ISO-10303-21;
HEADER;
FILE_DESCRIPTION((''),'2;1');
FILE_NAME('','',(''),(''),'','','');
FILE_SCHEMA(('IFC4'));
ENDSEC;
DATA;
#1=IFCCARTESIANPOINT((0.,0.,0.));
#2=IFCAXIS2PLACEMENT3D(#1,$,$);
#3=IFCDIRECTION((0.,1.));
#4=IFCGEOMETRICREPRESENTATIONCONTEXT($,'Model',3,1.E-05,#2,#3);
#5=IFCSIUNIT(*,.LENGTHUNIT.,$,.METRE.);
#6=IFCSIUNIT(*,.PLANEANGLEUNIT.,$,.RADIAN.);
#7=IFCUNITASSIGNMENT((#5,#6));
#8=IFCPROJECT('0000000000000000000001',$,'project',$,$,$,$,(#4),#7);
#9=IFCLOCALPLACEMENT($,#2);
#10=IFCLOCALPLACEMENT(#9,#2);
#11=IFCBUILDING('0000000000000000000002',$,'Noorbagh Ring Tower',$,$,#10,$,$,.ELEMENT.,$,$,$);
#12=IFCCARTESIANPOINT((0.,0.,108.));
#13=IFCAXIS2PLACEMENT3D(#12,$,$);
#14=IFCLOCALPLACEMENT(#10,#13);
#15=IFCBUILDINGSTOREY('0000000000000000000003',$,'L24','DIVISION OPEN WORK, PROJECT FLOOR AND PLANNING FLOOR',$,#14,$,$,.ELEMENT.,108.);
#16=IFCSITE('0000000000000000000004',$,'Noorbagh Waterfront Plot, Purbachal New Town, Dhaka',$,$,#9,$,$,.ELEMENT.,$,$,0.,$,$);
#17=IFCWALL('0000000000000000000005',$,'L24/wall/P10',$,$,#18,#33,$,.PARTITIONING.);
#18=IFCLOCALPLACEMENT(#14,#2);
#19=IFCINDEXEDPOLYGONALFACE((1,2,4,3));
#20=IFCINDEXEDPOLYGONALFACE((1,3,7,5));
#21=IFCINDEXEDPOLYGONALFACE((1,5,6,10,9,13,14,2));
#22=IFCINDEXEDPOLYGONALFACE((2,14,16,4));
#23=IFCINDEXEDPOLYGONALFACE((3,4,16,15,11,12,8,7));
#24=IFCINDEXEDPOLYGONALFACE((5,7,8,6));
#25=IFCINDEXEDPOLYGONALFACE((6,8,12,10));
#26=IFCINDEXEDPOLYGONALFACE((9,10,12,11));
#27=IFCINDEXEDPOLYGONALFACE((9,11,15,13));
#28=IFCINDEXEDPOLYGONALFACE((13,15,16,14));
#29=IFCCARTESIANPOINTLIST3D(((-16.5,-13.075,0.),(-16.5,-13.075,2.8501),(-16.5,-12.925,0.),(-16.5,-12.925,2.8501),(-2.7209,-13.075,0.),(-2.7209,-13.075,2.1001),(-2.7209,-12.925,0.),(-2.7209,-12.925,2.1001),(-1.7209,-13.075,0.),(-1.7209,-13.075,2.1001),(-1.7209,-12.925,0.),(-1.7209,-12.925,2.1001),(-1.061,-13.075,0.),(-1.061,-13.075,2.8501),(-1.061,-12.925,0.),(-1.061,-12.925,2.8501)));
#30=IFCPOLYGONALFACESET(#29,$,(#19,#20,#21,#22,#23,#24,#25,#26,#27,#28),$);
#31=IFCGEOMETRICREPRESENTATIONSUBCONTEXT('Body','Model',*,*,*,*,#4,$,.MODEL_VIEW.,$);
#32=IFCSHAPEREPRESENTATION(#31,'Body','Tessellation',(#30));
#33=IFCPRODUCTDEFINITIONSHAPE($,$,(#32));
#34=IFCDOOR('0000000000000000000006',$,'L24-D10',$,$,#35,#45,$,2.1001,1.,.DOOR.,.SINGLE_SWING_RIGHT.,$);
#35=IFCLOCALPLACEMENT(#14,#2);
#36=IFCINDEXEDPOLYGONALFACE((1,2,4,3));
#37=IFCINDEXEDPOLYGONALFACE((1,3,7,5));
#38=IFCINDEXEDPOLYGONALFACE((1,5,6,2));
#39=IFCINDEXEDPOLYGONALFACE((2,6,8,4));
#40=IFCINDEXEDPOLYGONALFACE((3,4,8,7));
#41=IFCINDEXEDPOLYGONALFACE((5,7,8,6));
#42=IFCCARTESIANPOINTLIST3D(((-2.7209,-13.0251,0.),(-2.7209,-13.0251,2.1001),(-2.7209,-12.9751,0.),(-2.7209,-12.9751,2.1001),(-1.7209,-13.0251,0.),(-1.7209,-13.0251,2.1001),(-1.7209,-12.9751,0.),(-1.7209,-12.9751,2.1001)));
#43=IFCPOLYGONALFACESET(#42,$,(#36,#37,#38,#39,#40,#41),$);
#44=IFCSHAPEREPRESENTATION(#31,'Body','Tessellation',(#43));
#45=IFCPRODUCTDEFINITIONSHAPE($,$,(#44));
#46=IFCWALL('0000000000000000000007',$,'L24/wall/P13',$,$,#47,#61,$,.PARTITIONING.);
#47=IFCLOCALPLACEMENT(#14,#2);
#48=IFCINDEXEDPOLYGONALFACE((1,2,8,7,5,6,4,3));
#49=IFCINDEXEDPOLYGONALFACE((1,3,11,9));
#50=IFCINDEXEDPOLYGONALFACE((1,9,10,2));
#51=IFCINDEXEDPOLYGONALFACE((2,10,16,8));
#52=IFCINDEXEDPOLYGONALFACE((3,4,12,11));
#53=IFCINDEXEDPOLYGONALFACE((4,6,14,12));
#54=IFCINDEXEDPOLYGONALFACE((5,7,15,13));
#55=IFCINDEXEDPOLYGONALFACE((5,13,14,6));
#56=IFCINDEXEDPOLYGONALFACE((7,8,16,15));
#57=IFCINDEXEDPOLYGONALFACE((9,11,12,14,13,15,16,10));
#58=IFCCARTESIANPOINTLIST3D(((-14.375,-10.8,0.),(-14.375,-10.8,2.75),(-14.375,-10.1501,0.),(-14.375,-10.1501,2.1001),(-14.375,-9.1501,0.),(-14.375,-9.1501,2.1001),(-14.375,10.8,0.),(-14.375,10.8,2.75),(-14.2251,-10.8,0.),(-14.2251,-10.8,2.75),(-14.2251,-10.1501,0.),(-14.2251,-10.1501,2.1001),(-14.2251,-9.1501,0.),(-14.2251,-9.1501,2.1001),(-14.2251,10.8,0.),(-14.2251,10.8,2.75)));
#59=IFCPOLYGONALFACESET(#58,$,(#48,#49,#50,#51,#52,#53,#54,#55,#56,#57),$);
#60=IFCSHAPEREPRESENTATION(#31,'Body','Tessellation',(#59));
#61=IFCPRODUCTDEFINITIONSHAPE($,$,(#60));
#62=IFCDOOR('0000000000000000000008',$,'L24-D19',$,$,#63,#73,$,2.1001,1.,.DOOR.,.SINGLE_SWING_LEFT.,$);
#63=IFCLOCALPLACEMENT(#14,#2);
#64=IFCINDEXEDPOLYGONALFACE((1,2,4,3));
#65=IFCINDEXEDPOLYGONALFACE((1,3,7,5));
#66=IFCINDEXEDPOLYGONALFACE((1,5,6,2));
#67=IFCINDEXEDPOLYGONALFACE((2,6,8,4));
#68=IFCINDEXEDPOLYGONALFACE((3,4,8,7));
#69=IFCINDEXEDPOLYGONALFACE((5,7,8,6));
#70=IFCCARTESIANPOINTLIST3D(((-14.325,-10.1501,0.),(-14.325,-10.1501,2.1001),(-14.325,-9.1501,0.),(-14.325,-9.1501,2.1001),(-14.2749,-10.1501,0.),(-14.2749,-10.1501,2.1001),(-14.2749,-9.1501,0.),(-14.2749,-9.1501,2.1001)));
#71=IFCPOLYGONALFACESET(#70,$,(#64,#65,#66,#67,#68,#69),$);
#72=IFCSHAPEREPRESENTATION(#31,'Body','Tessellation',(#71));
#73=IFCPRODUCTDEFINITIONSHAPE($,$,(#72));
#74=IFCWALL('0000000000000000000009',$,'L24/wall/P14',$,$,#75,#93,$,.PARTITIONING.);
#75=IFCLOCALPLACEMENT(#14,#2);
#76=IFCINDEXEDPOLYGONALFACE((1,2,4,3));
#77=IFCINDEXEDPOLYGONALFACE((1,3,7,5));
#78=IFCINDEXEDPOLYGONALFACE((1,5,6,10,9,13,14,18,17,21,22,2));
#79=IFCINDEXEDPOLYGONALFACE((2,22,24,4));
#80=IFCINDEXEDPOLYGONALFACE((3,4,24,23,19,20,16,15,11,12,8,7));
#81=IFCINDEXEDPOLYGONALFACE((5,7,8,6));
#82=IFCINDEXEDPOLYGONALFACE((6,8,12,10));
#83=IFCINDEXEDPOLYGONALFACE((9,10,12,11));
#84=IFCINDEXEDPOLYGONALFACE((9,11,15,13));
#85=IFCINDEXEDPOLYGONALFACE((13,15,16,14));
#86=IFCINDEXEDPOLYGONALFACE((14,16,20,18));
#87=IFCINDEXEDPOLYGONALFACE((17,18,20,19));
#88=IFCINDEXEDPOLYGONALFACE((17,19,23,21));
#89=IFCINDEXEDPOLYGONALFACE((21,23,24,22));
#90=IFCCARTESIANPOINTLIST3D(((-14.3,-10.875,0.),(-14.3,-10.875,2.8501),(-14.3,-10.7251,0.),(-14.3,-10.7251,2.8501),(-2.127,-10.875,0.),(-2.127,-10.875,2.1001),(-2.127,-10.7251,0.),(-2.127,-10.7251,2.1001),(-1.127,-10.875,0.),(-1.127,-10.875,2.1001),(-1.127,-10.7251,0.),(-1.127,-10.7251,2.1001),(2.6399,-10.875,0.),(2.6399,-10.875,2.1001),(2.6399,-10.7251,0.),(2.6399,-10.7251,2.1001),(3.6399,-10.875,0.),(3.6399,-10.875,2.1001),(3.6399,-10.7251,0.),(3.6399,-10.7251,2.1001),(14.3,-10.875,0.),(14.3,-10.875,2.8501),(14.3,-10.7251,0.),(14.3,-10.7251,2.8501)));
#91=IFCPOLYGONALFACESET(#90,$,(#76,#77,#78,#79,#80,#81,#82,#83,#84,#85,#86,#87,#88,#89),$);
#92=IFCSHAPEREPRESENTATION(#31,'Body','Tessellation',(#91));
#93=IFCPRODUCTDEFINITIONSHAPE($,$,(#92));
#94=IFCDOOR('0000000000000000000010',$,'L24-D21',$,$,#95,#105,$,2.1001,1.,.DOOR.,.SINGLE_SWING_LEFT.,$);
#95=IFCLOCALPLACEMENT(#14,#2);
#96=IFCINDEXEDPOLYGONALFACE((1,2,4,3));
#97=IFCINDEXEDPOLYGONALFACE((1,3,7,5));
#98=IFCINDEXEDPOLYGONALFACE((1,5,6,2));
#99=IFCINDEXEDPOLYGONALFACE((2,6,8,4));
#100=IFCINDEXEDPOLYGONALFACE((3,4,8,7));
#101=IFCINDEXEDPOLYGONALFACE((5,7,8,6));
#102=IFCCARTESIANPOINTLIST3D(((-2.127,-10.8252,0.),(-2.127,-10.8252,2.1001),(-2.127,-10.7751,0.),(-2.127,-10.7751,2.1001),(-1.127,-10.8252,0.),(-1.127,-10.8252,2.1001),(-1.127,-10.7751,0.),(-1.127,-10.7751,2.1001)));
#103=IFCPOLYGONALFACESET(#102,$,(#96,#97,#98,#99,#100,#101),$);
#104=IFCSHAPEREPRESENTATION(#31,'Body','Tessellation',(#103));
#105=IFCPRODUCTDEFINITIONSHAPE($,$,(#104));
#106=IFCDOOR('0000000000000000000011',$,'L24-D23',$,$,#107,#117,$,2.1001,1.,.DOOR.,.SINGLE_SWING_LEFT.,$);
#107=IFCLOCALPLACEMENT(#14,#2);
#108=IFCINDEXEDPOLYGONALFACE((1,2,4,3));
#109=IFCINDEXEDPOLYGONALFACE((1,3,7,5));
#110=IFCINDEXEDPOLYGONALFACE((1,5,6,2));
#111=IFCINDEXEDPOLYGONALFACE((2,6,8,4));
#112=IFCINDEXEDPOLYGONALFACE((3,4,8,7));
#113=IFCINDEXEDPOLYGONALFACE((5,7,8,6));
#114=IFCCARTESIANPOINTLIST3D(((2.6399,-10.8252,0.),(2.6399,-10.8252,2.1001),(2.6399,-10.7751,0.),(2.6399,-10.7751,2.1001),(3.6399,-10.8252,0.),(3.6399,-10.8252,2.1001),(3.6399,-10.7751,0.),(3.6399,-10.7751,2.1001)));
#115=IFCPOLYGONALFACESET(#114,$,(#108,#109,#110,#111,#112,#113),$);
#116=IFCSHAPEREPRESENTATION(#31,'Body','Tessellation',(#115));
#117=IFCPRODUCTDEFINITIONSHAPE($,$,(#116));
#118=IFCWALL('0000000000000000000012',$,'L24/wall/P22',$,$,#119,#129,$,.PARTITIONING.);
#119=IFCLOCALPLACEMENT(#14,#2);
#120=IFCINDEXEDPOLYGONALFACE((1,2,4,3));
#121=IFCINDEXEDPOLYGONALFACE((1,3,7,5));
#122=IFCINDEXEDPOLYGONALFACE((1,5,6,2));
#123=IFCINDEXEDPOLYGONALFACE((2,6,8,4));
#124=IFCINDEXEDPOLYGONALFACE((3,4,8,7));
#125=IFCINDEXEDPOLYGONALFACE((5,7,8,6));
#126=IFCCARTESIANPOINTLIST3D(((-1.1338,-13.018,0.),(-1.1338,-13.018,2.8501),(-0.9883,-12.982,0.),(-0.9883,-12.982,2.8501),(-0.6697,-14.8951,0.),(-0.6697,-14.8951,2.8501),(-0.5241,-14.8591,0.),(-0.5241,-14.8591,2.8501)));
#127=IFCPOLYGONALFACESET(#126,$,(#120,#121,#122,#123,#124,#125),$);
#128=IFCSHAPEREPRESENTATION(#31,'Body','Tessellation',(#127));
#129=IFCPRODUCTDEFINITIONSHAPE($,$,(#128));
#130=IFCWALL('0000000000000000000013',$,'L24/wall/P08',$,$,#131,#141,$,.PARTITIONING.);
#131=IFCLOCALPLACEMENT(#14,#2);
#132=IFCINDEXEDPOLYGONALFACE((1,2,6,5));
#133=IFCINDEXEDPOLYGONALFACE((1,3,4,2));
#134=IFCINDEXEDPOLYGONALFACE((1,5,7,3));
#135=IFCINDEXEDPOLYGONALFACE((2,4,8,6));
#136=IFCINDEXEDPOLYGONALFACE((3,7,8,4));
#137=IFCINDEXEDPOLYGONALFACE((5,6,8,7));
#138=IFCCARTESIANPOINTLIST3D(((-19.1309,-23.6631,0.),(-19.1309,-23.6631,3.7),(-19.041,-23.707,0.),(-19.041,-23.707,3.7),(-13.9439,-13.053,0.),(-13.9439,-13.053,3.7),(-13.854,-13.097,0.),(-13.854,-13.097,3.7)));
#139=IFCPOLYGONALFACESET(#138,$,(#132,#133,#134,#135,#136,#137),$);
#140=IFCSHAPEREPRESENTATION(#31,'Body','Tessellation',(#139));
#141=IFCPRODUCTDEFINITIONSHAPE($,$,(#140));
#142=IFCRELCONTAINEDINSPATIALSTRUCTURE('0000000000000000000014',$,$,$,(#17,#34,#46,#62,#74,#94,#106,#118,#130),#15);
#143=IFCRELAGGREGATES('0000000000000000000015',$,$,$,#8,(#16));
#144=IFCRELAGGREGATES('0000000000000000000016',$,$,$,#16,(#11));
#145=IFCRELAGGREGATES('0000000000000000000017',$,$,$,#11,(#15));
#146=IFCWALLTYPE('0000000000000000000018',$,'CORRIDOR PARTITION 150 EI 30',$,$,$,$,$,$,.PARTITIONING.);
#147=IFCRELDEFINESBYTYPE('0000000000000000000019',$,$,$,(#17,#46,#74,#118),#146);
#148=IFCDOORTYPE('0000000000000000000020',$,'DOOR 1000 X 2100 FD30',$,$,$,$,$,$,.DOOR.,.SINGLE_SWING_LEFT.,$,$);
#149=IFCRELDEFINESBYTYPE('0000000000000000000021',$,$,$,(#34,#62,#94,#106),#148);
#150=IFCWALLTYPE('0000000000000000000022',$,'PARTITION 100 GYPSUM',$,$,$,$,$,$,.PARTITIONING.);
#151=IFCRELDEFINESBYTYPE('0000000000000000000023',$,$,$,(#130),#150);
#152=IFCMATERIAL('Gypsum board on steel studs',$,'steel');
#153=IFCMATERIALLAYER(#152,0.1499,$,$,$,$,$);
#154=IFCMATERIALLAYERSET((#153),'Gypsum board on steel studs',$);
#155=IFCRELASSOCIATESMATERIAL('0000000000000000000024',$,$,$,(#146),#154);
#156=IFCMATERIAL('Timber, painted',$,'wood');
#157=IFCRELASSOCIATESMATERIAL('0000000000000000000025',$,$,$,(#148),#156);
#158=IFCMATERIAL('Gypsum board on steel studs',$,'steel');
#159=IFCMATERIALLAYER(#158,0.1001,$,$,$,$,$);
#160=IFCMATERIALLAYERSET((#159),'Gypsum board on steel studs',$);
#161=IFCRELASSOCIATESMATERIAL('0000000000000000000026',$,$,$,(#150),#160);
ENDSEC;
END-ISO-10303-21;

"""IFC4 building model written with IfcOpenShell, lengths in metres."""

from ifc_helpers import new_model, si_unit, direction, frame, frame_2d, origin, place, context, subcontext, project, spatial, rectangle, extrude, material, layer, layer_set, type_object, element, fill, save


model = new_model("IFC4")

# Units and contexts
model_context = context("Model", 3, precision=1e-05, world=origin(), true_north=direction((0.0, 1.0)))
body_context = subcontext(model_context, "Body", "Model", "MODEL_VIEW")
ifc_project = project(units=[si_unit("LENGTHUNIT", "METRE"), si_unit("PLANEANGLEUNIT", "RADIAN")], contexts=[model_context])

# Site, building, storey
site_placement = place(None, origin())
site = spatial("IfcSite", under=ifc_project, at=site_placement, Name="Noorbagh Waterfront Plot, Purbachal New Town, Dhaka", CompositionType="ELEMENT", RefElevation=0.0)
building_placement = place(site_placement, origin())
building = spatial("IfcBuilding", under=site, at=building_placement, Name="Noorbagh Ring Tower", CompositionType="ELEMENT")
storey_placement = place(building_placement, frame((0.0, 0.0, 108.0)))
storey = spatial("IfcBuildingStorey", under=building, at=storey_placement, Name="L24", Description="DIVISION OPEN WORK, PROJECT FLOOR AND PLANNING FLOOR", CompositionType="ELEMENT", Elevation=108.0)

# Shared definitions
ifc_material_1 = material(Name="Gypsum board on steel studs", Category="steel")
ifc_layer_1 = layer(ifc_material_1, 0.1499)
ifc_layer_set_1 = layer_set([ifc_layer_1], Name="Gypsum board on steel studs")
wall_type_1 = type_object("IfcWallType", Name="CORRIDOR PARTITION 150 EI 30", PredefinedType="PARTITIONING", material=ifc_layer_set_1)

# Walls, openings, doors
wall_1_placement = place(storey_placement, frame((-16.5, -13.0, 0.0), z_axis=(0.0, 0.0, 1.0), x_axis=(1.0, 0.0, 0.0)))
wall_1 = element("IfcWall", 1, at=wall_1_placement, inside=storey, type_object=wall_type_1, Name="L24/wall/P10", PredefinedType="PARTITIONING", context=body_context, shape_type="SweptSolid", body=[
    extrude(rectangle(XDim=15.439, YDim=0.1499, at=frame_2d((7.7195, 0.0))), origin(), (0.0, 0.0, 1.0), 2.8501),
])
opening_1_placement = place(wall_1_placement, frame((13.7791, 0.0, 0.0)))
opening_1 = element("IfcOpeningElement", 2, at=opening_1_placement, cuts=wall_1, PredefinedType="OPENING", context=body_context, shape_type="SweptSolid", body=[
    extrude(rectangle(XDim=1.0, YDim=2.1001, at=frame_2d((0.5, 1.05))), frame((0.0, 0.085, 0.0), z_axis=(0.0, -1.0, 0.0), x_axis=(1.0, 0.0, 0.0)), (0.0, 0.0, 1.0), 0.1699),
])
ifc_material_2 = material(Name="Timber, painted", Category="wood")
door_type = type_object("IfcDoorType", Name="DOOR 1000 X 2100 FD30", OperationType="SINGLE_SWING_LEFT", PredefinedType="DOOR", material=ifc_material_2)
door_1_placement = place(opening_1_placement, origin())
door_1 = element("IfcDoor", 3, at=door_1_placement, inside=storey, type_object=door_type, Name="L24-D10", OperationType="SINGLE_SWING_RIGHT", OverallHeight=2.1001, OverallWidth=1.0, PredefinedType="DOOR", context=body_context, shape_type="SweptSolid", body=[
    extrude(rectangle(XDim=1.0, YDim=2.1001, at=frame_2d((0.5, 1.05))), frame((0.0, 0.0249, 0.0), z_axis=(0.0, -1.0, 0.0), x_axis=(1.0, 0.0, 0.0)), (0.0, 0.0, 1.0), 0.05),
])
fill(opening_1, door_1)
wall_2_placement = place(storey_placement, frame((-14.3, -10.8, 0.0), z_axis=(0.0, 0.0, 1.0), x_axis=(0.0, 1.0, 0.0)))
wall_2 = element("IfcWall", 4, at=wall_2_placement, inside=storey, type_object=wall_type_1, Name="L24/wall/P13", PredefinedType="PARTITIONING", context=body_context, shape_type="SweptSolid", body=[
    extrude(rectangle(XDim=21.6001, YDim=0.1499, at=frame_2d((10.8, 0.0))), origin(), (0.0, 0.0, 1.0), 2.75),
])
opening_2_placement = place(wall_2_placement, frame((0.6499, 0.0, 0.0)))
opening_2 = element("IfcOpeningElement", 5, at=opening_2_placement, cuts=wall_2, PredefinedType="OPENING", context=body_context, shape_type="SweptSolid", body=[
    extrude(rectangle(XDim=1.0, YDim=2.1001, at=frame_2d((0.5, 1.05))), frame((0.0, 0.085, 0.0), z_axis=(0.0, -1.0, 0.0), x_axis=(1.0, 0.0, 0.0)), (0.0, 0.0, 1.0), 0.1699),
])
door_2_placement = place(opening_2_placement, origin())
door_2 = element("IfcDoor", 6, at=door_2_placement, inside=storey, type_object=door_type, Name="L24-D19", OperationType="SINGLE_SWING_LEFT", OverallHeight=2.1001, OverallWidth=1.0, PredefinedType="DOOR", context=body_context, shape_type="SweptSolid", body=[
    extrude(rectangle(XDim=1.0, YDim=2.1001, at=frame_2d((0.5, 1.05))), frame((0.0, 0.0249, 0.0), z_axis=(0.0, -1.0, 0.0), x_axis=(1.0, 0.0, 0.0)), (0.0, 0.0, 1.0), 0.05),
])
fill(opening_2, door_2)

# Wall, openings, doors
wall_3_placement = place(storey_placement, frame((-14.3, -10.8, 0.0), z_axis=(0.0, 0.0, 1.0), x_axis=(1.0, 0.0, 0.0)))
wall_3 = element("IfcWall", 7, at=wall_3_placement, inside=storey, type_object=wall_type_1, Name="L24/wall/P14", PredefinedType="PARTITIONING", context=body_context, shape_type="SweptSolid", body=[
    extrude(rectangle(XDim=28.6001, YDim=0.1499, at=frame_2d((14.3, 0.0))), origin(), (0.0, 0.0, 1.0), 2.8501),
])
opening_3_placement = place(wall_3_placement, frame((12.1731, 0.0, 0.0)))
opening_3 = element("IfcOpeningElement", 8, at=opening_3_placement, cuts=wall_3, PredefinedType="OPENING", context=body_context, shape_type="SweptSolid", body=[
    extrude(rectangle(XDim=1.0, YDim=2.1001, at=frame_2d((0.5, 1.05))), frame((0.0, 0.085, 0.0), z_axis=(0.0, -1.0, 0.0), x_axis=(1.0, 0.0, 0.0)), (0.0, 0.0, 1.0), 0.1699),
])
opening_4_placement = place(wall_3_placement, frame((16.9399, 0.0, 0.0)))
opening_4 = element("IfcOpeningElement", 9, at=opening_4_placement, cuts=wall_3, PredefinedType="OPENING", context=body_context, shape_type="SweptSolid", body=[
    extrude(rectangle(XDim=1.0, YDim=2.1001, at=frame_2d((0.5, 1.05))), frame((0.0, 0.085, 0.0), z_axis=(0.0, -1.0, 0.0), x_axis=(1.0, 0.0, 0.0)), (0.0, 0.0, 1.0), 0.1699),
])
door_3_placement = place(opening_3_placement, origin())
door_3 = element("IfcDoor", 10, at=door_3_placement, inside=storey, type_object=door_type, Name="L24-D21", OperationType="SINGLE_SWING_LEFT", OverallHeight=2.1001, OverallWidth=1.0, PredefinedType="DOOR", context=body_context, shape_type="SweptSolid", body=[
    extrude(rectangle(XDim=1.0, YDim=2.1001, at=frame_2d((0.5, 1.05))), frame((0.0, 0.0249, 0.0), z_axis=(0.0, -1.0, 0.0), x_axis=(1.0, 0.0, 0.0)), (0.0, 0.0, 1.0), 0.05),
])
fill(opening_3, door_3)
door_4_placement = place(opening_4_placement, origin())
door_4 = element("IfcDoor", 11, at=door_4_placement, inside=storey, type_object=door_type, Name="L24-D23", OperationType="SINGLE_SWING_LEFT", OverallHeight=2.1001, OverallWidth=1.0, PredefinedType="DOOR", context=body_context, shape_type="SweptSolid", body=[
    extrude(rectangle(XDim=1.0, YDim=2.1001, at=frame_2d((0.5, 1.05))), frame((0.0, 0.0249, 0.0), z_axis=(0.0, -1.0, 0.0), x_axis=(1.0, 0.0, 0.0)), (0.0, 0.0, 1.0), 0.05),
])
fill(opening_4, door_4)

# Walls
wall_4_placement = place(storey_placement, frame((-1.061, -13.0, 0.0), z_axis=(0.0, 0.0, 1.0), x_axis=(0.240039, -0.970763, 0.0)))
element("IfcWall", 12, at=wall_4_placement, inside=storey, type_object=wall_type_1, Name="L24/wall/P22", PredefinedType="PARTITIONING", context=body_context, shape_type="SweptSolid", body=[
    extrude(rectangle(XDim=1.9336, YDim=0.1499, at=frame_2d((0.9668, 0.0))), origin(), (0.0, 0.0, 1.0), 2.8501),
])
ifc_material_3 = material(Name="Gypsum board on steel studs", Category="steel")
ifc_layer_2 = layer(ifc_material_3, 0.1001)
ifc_layer_set_2 = layer_set([ifc_layer_2], Name="Gypsum board on steel studs")
wall_type_2 = type_object("IfcWallType", Name="PARTITION 100 GYPSUM", PredefinedType="PARTITIONING", material=ifc_layer_set_2)
wall_5_placement = place(storey_placement, frame((-19.0859, -23.6851, 0.0), z_axis=(0.0, 0.0, 1.0), x_axis=(0.4392, 0.898389, 0.0)))
element("IfcWall", 13, at=wall_5_placement, inside=storey, type_object=wall_type_2, Name="L24/wall/P08", PredefinedType="PARTITIONING", context=body_context, shape_type="SweptSolid", body=[
    extrude(rectangle(XDim=11.8101, YDim=0.1001, at=frame_2d((5.905, 0.0))), origin(), (0.0, 0.0, 1.0), 3.7),
])

save(model, "model.ifc")
